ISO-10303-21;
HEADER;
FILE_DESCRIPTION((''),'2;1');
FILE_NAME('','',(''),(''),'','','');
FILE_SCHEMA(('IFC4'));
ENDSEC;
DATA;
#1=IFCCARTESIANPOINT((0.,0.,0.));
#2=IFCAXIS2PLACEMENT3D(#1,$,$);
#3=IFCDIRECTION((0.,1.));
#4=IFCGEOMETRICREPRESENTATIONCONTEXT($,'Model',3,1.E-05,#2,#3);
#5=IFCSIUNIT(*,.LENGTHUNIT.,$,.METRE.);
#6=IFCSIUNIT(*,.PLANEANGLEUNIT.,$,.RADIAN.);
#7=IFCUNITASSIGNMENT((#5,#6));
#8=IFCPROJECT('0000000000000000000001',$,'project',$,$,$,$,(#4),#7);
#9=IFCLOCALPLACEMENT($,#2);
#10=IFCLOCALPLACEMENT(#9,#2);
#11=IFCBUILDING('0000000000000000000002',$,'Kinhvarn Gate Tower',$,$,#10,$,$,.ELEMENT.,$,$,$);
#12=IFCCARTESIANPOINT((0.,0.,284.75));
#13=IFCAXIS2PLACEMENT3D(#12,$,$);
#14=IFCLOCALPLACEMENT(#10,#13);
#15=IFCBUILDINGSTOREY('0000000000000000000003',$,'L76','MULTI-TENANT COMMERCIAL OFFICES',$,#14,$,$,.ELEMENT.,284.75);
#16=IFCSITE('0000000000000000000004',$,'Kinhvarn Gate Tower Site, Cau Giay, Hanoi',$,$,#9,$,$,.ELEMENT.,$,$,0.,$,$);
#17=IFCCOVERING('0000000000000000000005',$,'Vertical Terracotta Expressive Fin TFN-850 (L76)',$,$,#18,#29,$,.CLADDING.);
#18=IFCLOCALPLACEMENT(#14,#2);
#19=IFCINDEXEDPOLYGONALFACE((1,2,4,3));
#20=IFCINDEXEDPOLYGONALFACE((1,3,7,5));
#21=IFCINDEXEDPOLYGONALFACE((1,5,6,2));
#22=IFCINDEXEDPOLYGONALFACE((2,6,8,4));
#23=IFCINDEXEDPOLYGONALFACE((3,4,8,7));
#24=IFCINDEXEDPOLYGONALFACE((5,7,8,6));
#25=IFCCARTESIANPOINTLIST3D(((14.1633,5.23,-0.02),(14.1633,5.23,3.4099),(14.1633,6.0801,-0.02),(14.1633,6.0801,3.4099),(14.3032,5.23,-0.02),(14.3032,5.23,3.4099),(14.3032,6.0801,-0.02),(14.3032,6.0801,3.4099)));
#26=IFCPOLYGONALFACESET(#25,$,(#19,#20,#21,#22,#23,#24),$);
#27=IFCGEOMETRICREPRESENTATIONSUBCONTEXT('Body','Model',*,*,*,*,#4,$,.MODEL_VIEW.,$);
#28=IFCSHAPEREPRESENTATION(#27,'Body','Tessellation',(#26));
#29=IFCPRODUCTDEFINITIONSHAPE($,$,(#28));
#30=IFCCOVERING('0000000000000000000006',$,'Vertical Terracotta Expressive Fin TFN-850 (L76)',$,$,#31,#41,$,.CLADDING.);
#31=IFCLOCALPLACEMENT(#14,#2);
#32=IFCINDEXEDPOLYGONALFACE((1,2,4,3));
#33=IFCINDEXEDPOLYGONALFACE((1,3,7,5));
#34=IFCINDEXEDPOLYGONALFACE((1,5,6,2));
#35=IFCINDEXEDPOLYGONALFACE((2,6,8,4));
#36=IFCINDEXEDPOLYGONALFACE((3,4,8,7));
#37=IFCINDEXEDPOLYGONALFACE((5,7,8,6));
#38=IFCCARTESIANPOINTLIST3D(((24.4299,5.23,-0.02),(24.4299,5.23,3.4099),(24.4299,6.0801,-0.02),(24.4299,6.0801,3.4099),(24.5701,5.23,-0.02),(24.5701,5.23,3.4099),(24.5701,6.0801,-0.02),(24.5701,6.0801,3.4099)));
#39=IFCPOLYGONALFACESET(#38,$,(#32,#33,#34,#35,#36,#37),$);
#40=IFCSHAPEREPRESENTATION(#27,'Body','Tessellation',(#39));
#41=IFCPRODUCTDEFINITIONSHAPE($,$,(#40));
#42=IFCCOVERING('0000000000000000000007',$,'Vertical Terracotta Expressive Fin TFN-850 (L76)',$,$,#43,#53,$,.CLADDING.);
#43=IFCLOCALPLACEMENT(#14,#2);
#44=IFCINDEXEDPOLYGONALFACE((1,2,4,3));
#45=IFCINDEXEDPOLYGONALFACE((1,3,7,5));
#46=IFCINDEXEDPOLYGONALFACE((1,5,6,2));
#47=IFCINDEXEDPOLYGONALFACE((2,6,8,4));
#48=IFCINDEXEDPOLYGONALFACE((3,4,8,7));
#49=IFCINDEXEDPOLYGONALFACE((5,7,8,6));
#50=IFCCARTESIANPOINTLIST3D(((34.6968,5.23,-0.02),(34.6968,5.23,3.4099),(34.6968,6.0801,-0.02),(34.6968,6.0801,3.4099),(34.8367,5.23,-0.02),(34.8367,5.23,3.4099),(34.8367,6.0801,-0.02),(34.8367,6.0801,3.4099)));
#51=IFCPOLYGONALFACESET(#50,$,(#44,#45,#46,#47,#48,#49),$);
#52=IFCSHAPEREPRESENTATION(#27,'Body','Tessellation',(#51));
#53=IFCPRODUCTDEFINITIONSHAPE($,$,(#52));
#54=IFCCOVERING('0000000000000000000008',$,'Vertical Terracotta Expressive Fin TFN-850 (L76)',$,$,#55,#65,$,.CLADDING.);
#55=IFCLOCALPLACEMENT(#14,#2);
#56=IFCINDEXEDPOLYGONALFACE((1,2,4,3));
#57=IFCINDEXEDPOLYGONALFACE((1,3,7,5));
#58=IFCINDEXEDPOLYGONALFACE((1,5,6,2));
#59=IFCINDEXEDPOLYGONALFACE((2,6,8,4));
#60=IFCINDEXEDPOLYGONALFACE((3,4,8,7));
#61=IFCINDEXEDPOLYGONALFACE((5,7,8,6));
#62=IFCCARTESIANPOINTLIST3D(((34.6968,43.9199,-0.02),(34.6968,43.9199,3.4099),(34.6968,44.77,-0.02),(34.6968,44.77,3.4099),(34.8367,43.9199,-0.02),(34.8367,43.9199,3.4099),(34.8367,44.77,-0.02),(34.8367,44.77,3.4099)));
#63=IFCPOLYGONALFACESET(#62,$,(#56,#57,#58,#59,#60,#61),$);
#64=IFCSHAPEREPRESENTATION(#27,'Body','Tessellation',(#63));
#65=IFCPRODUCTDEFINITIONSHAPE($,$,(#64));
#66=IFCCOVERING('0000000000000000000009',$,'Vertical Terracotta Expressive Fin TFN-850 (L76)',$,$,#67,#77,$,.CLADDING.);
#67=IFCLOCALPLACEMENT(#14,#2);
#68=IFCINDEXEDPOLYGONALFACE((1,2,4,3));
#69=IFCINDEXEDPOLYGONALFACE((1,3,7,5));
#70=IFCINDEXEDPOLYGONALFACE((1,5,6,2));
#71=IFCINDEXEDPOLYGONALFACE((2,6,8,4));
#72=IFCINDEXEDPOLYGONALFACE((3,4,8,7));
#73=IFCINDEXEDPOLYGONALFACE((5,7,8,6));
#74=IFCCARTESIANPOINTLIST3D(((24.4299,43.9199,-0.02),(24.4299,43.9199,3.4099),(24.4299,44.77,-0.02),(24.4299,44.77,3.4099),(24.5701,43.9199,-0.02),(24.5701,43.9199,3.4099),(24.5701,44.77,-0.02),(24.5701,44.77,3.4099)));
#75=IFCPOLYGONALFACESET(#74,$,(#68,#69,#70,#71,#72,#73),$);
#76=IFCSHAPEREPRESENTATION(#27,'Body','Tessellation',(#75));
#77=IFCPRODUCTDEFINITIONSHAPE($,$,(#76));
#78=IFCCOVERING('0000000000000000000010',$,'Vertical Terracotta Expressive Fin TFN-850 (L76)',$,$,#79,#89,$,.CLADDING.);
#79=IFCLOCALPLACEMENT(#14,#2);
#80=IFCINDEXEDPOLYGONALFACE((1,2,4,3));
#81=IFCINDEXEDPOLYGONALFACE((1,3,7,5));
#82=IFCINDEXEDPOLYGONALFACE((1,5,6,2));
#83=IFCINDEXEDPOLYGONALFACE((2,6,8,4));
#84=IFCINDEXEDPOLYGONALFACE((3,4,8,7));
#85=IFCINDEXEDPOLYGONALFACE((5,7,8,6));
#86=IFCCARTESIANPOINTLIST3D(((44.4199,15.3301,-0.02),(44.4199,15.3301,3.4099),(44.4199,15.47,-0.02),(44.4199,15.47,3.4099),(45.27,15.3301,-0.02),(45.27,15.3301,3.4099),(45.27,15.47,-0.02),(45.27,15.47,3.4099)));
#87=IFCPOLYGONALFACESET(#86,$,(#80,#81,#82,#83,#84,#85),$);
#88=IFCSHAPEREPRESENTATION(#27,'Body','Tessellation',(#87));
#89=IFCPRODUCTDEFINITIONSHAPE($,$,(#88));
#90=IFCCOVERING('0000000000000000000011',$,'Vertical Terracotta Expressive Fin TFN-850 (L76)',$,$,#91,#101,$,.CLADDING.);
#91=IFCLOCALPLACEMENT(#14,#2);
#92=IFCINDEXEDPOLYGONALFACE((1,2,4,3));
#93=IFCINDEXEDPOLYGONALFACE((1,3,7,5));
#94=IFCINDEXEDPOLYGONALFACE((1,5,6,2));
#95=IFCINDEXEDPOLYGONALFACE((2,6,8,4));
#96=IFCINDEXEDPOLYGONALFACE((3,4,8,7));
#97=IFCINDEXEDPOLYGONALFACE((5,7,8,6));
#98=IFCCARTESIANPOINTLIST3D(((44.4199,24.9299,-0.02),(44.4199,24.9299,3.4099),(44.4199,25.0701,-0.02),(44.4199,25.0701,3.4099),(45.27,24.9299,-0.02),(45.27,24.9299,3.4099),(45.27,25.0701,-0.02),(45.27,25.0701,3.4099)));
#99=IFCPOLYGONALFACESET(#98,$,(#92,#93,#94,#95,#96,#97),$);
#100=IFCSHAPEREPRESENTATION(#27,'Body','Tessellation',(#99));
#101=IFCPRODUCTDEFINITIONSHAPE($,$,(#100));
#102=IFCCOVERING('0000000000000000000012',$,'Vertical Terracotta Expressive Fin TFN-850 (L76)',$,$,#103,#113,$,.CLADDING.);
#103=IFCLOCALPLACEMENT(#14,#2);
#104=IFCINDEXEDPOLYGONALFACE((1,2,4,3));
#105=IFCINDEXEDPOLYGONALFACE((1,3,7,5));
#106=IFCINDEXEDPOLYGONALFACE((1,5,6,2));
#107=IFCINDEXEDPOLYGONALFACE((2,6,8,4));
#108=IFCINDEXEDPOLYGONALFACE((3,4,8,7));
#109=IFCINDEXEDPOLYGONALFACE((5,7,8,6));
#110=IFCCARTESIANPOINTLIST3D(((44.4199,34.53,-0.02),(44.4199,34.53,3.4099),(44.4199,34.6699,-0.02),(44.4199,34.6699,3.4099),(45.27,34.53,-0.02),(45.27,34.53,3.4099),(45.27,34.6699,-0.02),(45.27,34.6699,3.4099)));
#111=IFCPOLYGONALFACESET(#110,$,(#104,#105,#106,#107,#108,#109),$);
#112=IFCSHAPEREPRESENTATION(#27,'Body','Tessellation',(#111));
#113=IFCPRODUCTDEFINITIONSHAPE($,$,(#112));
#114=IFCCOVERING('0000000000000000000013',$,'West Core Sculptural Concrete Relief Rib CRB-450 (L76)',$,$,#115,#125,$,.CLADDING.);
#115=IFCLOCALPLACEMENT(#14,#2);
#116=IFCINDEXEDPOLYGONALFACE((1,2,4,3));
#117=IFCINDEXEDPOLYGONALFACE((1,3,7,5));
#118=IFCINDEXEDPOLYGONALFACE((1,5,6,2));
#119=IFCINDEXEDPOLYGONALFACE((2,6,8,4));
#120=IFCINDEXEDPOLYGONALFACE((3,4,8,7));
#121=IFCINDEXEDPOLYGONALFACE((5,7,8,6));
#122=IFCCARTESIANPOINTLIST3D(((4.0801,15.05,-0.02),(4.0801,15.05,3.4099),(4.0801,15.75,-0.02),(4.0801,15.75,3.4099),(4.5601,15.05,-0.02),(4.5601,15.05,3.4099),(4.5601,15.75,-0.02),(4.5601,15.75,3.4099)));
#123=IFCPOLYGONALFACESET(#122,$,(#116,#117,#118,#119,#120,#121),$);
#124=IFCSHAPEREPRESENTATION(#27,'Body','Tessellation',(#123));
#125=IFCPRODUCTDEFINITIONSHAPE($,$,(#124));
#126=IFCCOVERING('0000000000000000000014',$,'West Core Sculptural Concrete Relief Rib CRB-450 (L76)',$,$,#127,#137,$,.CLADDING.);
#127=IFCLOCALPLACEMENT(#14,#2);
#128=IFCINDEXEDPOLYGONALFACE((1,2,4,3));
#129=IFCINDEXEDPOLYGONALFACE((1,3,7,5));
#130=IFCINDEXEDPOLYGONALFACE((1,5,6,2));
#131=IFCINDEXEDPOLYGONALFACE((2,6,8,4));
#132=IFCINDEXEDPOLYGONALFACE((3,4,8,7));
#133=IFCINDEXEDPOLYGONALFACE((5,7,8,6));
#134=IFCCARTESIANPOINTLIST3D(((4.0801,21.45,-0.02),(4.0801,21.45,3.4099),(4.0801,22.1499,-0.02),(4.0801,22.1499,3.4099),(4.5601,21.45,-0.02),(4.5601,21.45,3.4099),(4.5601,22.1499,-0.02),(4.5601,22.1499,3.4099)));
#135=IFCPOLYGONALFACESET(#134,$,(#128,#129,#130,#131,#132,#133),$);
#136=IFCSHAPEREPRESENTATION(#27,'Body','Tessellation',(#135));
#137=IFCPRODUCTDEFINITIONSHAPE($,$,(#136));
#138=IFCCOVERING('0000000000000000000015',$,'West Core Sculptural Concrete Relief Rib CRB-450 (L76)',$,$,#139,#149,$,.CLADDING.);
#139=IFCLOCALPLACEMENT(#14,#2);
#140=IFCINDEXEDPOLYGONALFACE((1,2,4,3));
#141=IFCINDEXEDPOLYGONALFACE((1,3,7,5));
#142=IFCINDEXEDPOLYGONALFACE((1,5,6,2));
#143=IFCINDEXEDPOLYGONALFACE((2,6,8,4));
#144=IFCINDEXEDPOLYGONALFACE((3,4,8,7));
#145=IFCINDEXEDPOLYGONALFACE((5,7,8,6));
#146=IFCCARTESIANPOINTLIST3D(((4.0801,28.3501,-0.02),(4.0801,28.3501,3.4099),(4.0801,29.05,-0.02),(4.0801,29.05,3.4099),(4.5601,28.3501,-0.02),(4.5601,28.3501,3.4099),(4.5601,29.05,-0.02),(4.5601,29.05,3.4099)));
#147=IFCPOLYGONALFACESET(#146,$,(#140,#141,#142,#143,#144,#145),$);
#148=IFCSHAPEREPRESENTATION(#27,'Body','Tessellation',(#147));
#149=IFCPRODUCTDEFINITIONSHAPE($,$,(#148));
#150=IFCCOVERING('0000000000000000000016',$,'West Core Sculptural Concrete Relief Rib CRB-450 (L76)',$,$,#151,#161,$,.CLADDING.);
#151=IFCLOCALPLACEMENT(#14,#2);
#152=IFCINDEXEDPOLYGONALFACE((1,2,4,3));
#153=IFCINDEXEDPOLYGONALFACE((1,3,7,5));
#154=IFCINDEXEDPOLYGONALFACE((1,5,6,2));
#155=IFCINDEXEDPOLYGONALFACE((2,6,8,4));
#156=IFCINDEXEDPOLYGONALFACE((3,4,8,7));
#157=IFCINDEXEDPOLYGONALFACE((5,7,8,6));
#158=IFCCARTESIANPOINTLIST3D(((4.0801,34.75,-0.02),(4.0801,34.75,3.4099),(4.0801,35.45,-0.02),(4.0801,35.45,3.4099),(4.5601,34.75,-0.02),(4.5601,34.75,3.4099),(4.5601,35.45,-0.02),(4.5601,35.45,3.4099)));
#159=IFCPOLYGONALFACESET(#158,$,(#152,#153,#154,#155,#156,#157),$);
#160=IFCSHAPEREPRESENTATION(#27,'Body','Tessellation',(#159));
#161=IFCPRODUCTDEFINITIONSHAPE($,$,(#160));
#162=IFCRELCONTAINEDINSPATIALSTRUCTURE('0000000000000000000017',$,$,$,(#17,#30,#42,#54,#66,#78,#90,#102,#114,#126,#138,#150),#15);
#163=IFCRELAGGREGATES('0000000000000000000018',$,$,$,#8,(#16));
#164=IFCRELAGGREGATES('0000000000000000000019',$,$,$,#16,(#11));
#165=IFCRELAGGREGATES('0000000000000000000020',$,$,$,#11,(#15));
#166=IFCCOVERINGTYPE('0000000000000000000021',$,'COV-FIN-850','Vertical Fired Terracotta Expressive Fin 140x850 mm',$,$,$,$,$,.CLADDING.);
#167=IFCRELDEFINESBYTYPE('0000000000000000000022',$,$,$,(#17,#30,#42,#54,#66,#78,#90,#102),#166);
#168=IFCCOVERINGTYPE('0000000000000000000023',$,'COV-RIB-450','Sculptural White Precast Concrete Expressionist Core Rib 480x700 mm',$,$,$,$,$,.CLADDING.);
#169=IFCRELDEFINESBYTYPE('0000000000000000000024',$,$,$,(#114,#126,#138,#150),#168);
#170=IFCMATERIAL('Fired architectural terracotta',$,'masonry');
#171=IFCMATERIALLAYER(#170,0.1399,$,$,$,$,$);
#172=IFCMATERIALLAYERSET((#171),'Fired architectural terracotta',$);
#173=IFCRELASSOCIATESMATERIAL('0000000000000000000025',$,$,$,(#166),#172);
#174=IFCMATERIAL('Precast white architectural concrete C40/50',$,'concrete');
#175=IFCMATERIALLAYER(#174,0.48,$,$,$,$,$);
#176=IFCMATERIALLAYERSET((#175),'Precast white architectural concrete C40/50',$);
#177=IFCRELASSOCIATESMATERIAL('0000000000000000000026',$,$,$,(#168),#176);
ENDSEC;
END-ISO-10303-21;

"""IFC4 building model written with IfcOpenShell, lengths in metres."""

from ifc_helpers import new_model, si_unit, direction, frame, origin, place, context, subcontext, project, spatial, polyline, outline, extrude, material, layer, layer_set, type_object, element, save


model = new_model("IFC4")

# Units and contexts
model_context = context("Model", 3, precision=1e-05, world=origin(), true_north=direction((0.0, 1.0)))
body_context = subcontext(model_context, "Body", "Model", "MODEL_VIEW")
ifc_project = project(units=[si_unit("LENGTHUNIT", "METRE"), si_unit("PLANEANGLEUNIT", "RADIAN")], contexts=[model_context])

# Site, building, storey
site_placement = place(None, origin())
site = spatial("IfcSite", under=ifc_project, at=site_placement, Name="Kinhvarn Gate Tower Site, Cau Giay, Hanoi", CompositionType="ELEMENT", RefElevation=0.0)
building_placement = place(site_placement, origin())
building = spatial("IfcBuilding", under=site, at=building_placement, Name="Kinhvarn Gate Tower", CompositionType="ELEMENT")
storey_placement = place(building_placement, frame((0.0, 0.0, 284.75)))
storey = spatial("IfcBuildingStorey", under=building, at=storey_placement, Name="L76", Description="MULTI-TENANT COMMERCIAL OFFICES", CompositionType="ELEMENT", Elevation=284.75)

# Shared definitions
ifc_material_1 = material(Name="Precast white architectural concrete C40/50", Category="concrete")

# Coverings
ifc_material_2 = material(Name="Fired architectural terracotta", Category="masonry")
ifc_layer_1 = layer(ifc_material_2, 0.1399)
ifc_layer_set_1 = layer_set([ifc_layer_1], Name="Fired architectural terracotta")
covering_type_1 = type_object("IfcCoveringType", Name="COV-FIN-850", Description="Vertical Fired Terracotta Expressive Fin 140x850 mm", PredefinedType="CLADDING", material=ifc_layer_set_1)
covering_1_placement = place(storey_placement, frame((0.0, 0.0, -0.02)))
element("IfcCovering", 1, at=covering_1_placement, inside=storey, type_object=covering_type_1, Name="Vertical Terracotta Expressive Fin TFN-850 (L76)", PredefinedType="CLADDING", context=body_context, shape_type="SweptSolid", body=[
    extrude(outline(polyline([(14.1633, 6.0801), (14.3032, 6.0801), (14.3032, 5.23), (14.1633, 5.23), (14.1633, 6.0801)])), origin(), (0.0, 0.0, 1.0), 3.4299),
])
covering_2_placement = place(storey_placement, frame((0.0, 0.0, -0.02)))
element("IfcCovering", 2, at=covering_2_placement, inside=storey, type_object=covering_type_1, Name="Vertical Terracotta Expressive Fin TFN-850 (L76)", PredefinedType="CLADDING", context=body_context, shape_type="SweptSolid", body=[
    extrude(outline(polyline([(24.4299, 6.0801), (24.5701, 6.0801), (24.5701, 5.23), (24.4299, 5.23), (24.4299, 6.0801)])), origin(), (0.0, 0.0, 1.0), 3.4299),
])
covering_3_placement = place(storey_placement, frame((0.0, 0.0, -0.02)))
element("IfcCovering", 3, at=covering_3_placement, inside=storey, type_object=covering_type_1, Name="Vertical Terracotta Expressive Fin TFN-850 (L76)", PredefinedType="CLADDING", context=body_context, shape_type="SweptSolid", body=[
    extrude(outline(polyline([(34.6968, 6.0801), (34.8367, 6.0801), (34.8367, 5.23), (34.6968, 5.23), (34.6968, 6.0801)])), origin(), (0.0, 0.0, 1.0), 3.4299),
])
covering_4_placement = place(storey_placement, frame((0.0, 0.0, -0.02)))
element("IfcCovering", 4, at=covering_4_placement, inside=storey, type_object=covering_type_1, Name="Vertical Terracotta Expressive Fin TFN-850 (L76)", PredefinedType="CLADDING", context=body_context, shape_type="SweptSolid", body=[
    extrude(outline(polyline([(34.8367, 43.9199), (34.6968, 43.9199), (34.6968, 44.77), (34.8367, 44.77), (34.8367, 43.9199)])), origin(), (0.0, 0.0, 1.0), 3.4299),
])
covering_5_placement = place(storey_placement, frame((0.0, 0.0, -0.02)))
element("IfcCovering", 5, at=covering_5_placement, inside=storey, type_object=covering_type_1, Name="Vertical Terracotta Expressive Fin TFN-850 (L76)", PredefinedType="CLADDING", context=body_context, shape_type="SweptSolid", body=[
    extrude(outline(polyline([(24.5701, 43.9199), (24.4299, 43.9199), (24.4299, 44.77), (24.5701, 44.77), (24.5701, 43.9199)])), origin(), (0.0, 0.0, 1.0), 3.4299),
])
covering_6_placement = place(storey_placement, frame((0.0, 0.0, -0.02)))
element("IfcCovering", 6, at=covering_6_placement, inside=storey, type_object=covering_type_1, Name="Vertical Terracotta Expressive Fin TFN-850 (L76)", PredefinedType="CLADDING", context=body_context, shape_type="SweptSolid", body=[
    extrude(outline(polyline([(44.4199, 15.3301), (44.4199, 15.47), (45.27, 15.47), (45.27, 15.3301), (44.4199, 15.3301)])), origin(), (0.0, 0.0, 1.0), 3.4299),
])
covering_7_placement = place(storey_placement, frame((0.0, 0.0, -0.02)))
element("IfcCovering", 7, at=covering_7_placement, inside=storey, type_object=covering_type_1, Name="Vertical Terracotta Expressive Fin TFN-850 (L76)", PredefinedType="CLADDING", context=body_context, shape_type="SweptSolid", body=[
    extrude(outline(polyline([(44.4199, 24.9299), (44.4199, 25.0701), (45.27, 25.0701), (45.27, 24.9299), (44.4199, 24.9299)])), origin(), (0.0, 0.0, 1.0), 3.4299),
])
covering_8_placement = place(storey_placement, frame((0.0, 0.0, -0.02)))
element("IfcCovering", 8, at=covering_8_placement, inside=storey, type_object=covering_type_1, Name="Vertical Terracotta Expressive Fin TFN-850 (L76)", PredefinedType="CLADDING", context=body_context, shape_type="SweptSolid", body=[
    extrude(outline(polyline([(44.4199, 34.53), (44.4199, 34.6699), (45.27, 34.6699), (45.27, 34.53), (44.4199, 34.53)])), origin(), (0.0, 0.0, 1.0), 3.4299),
])
ifc_layer_2 = layer(ifc_material_1, 0.48)
ifc_layer_set_2 = layer_set([ifc_layer_2], Name="Precast white architectural concrete C40/50")
covering_type_2 = type_object("IfcCoveringType", Name="COV-RIB-450", Description="Sculptural White Precast Concrete Expressionist Core Rib 480x700 mm", PredefinedType="CLADDING", material=ifc_layer_set_2)
covering_9_placement = place(storey_placement, frame((0.0, 0.0, -0.02)))
element("IfcCovering", 9, at=covering_9_placement, inside=storey, type_object=covering_type_2, Name="West Core Sculptural Concrete Relief Rib CRB-450 (L76)", PredefinedType="CLADDING", context=body_context, shape_type="SweptSolid", body=[
    extrude(outline(polyline([(4.0801, 15.05), (4.5601, 15.05), (4.5601, 15.75), (4.0801, 15.75), (4.0801, 15.05)])), origin(), (0.0, 0.0, 1.0), 3.4299),
])
covering_10_placement = place(storey_placement, frame((0.0, 0.0, -0.02)))
element("IfcCovering", 10, at=covering_10_placement, inside=storey, type_object=covering_type_2, Name="West Core Sculptural Concrete Relief Rib CRB-450 (L76)", PredefinedType="CLADDING", context=body_context, shape_type="SweptSolid", body=[
    extrude(outline(polyline([(4.0801, 21.45), (4.5601, 21.45), (4.5601, 22.1499), (4.0801, 22.1499), (4.0801, 21.45)])), origin(), (0.0, 0.0, 1.0), 3.4299),
])
covering_11_placement = place(storey_placement, frame((0.0, 0.0, -0.02)))
element("IfcCovering", 11, at=covering_11_placement, inside=storey, type_object=covering_type_2, Name="West Core Sculptural Concrete Relief Rib CRB-450 (L76)", PredefinedType="CLADDING", context=body_context, shape_type="SweptSolid", body=[
    extrude(outline(polyline([(4.0801, 28.3501), (4.5601, 28.3501), (4.5601, 29.05), (4.0801, 29.05), (4.0801, 28.3501)])), origin(), (0.0, 0.0, 1.0), 3.4299),
])
covering_12_placement = place(storey_placement, frame((0.0, 0.0, -0.02)))
element("IfcCovering", 12, at=covering_12_placement, inside=storey, type_object=covering_type_2, Name="West Core Sculptural Concrete Relief Rib CRB-450 (L76)", PredefinedType="CLADDING", context=body_context, shape_type="SweptSolid", body=[
    extrude(outline(polyline([(4.0801, 34.75), (4.5601, 34.75), (4.5601, 35.45), (4.0801, 35.45), (4.0801, 34.75)])), origin(), (0.0, 0.0, 1.0), 3.4299),
])

save(model, "model.ifc")
